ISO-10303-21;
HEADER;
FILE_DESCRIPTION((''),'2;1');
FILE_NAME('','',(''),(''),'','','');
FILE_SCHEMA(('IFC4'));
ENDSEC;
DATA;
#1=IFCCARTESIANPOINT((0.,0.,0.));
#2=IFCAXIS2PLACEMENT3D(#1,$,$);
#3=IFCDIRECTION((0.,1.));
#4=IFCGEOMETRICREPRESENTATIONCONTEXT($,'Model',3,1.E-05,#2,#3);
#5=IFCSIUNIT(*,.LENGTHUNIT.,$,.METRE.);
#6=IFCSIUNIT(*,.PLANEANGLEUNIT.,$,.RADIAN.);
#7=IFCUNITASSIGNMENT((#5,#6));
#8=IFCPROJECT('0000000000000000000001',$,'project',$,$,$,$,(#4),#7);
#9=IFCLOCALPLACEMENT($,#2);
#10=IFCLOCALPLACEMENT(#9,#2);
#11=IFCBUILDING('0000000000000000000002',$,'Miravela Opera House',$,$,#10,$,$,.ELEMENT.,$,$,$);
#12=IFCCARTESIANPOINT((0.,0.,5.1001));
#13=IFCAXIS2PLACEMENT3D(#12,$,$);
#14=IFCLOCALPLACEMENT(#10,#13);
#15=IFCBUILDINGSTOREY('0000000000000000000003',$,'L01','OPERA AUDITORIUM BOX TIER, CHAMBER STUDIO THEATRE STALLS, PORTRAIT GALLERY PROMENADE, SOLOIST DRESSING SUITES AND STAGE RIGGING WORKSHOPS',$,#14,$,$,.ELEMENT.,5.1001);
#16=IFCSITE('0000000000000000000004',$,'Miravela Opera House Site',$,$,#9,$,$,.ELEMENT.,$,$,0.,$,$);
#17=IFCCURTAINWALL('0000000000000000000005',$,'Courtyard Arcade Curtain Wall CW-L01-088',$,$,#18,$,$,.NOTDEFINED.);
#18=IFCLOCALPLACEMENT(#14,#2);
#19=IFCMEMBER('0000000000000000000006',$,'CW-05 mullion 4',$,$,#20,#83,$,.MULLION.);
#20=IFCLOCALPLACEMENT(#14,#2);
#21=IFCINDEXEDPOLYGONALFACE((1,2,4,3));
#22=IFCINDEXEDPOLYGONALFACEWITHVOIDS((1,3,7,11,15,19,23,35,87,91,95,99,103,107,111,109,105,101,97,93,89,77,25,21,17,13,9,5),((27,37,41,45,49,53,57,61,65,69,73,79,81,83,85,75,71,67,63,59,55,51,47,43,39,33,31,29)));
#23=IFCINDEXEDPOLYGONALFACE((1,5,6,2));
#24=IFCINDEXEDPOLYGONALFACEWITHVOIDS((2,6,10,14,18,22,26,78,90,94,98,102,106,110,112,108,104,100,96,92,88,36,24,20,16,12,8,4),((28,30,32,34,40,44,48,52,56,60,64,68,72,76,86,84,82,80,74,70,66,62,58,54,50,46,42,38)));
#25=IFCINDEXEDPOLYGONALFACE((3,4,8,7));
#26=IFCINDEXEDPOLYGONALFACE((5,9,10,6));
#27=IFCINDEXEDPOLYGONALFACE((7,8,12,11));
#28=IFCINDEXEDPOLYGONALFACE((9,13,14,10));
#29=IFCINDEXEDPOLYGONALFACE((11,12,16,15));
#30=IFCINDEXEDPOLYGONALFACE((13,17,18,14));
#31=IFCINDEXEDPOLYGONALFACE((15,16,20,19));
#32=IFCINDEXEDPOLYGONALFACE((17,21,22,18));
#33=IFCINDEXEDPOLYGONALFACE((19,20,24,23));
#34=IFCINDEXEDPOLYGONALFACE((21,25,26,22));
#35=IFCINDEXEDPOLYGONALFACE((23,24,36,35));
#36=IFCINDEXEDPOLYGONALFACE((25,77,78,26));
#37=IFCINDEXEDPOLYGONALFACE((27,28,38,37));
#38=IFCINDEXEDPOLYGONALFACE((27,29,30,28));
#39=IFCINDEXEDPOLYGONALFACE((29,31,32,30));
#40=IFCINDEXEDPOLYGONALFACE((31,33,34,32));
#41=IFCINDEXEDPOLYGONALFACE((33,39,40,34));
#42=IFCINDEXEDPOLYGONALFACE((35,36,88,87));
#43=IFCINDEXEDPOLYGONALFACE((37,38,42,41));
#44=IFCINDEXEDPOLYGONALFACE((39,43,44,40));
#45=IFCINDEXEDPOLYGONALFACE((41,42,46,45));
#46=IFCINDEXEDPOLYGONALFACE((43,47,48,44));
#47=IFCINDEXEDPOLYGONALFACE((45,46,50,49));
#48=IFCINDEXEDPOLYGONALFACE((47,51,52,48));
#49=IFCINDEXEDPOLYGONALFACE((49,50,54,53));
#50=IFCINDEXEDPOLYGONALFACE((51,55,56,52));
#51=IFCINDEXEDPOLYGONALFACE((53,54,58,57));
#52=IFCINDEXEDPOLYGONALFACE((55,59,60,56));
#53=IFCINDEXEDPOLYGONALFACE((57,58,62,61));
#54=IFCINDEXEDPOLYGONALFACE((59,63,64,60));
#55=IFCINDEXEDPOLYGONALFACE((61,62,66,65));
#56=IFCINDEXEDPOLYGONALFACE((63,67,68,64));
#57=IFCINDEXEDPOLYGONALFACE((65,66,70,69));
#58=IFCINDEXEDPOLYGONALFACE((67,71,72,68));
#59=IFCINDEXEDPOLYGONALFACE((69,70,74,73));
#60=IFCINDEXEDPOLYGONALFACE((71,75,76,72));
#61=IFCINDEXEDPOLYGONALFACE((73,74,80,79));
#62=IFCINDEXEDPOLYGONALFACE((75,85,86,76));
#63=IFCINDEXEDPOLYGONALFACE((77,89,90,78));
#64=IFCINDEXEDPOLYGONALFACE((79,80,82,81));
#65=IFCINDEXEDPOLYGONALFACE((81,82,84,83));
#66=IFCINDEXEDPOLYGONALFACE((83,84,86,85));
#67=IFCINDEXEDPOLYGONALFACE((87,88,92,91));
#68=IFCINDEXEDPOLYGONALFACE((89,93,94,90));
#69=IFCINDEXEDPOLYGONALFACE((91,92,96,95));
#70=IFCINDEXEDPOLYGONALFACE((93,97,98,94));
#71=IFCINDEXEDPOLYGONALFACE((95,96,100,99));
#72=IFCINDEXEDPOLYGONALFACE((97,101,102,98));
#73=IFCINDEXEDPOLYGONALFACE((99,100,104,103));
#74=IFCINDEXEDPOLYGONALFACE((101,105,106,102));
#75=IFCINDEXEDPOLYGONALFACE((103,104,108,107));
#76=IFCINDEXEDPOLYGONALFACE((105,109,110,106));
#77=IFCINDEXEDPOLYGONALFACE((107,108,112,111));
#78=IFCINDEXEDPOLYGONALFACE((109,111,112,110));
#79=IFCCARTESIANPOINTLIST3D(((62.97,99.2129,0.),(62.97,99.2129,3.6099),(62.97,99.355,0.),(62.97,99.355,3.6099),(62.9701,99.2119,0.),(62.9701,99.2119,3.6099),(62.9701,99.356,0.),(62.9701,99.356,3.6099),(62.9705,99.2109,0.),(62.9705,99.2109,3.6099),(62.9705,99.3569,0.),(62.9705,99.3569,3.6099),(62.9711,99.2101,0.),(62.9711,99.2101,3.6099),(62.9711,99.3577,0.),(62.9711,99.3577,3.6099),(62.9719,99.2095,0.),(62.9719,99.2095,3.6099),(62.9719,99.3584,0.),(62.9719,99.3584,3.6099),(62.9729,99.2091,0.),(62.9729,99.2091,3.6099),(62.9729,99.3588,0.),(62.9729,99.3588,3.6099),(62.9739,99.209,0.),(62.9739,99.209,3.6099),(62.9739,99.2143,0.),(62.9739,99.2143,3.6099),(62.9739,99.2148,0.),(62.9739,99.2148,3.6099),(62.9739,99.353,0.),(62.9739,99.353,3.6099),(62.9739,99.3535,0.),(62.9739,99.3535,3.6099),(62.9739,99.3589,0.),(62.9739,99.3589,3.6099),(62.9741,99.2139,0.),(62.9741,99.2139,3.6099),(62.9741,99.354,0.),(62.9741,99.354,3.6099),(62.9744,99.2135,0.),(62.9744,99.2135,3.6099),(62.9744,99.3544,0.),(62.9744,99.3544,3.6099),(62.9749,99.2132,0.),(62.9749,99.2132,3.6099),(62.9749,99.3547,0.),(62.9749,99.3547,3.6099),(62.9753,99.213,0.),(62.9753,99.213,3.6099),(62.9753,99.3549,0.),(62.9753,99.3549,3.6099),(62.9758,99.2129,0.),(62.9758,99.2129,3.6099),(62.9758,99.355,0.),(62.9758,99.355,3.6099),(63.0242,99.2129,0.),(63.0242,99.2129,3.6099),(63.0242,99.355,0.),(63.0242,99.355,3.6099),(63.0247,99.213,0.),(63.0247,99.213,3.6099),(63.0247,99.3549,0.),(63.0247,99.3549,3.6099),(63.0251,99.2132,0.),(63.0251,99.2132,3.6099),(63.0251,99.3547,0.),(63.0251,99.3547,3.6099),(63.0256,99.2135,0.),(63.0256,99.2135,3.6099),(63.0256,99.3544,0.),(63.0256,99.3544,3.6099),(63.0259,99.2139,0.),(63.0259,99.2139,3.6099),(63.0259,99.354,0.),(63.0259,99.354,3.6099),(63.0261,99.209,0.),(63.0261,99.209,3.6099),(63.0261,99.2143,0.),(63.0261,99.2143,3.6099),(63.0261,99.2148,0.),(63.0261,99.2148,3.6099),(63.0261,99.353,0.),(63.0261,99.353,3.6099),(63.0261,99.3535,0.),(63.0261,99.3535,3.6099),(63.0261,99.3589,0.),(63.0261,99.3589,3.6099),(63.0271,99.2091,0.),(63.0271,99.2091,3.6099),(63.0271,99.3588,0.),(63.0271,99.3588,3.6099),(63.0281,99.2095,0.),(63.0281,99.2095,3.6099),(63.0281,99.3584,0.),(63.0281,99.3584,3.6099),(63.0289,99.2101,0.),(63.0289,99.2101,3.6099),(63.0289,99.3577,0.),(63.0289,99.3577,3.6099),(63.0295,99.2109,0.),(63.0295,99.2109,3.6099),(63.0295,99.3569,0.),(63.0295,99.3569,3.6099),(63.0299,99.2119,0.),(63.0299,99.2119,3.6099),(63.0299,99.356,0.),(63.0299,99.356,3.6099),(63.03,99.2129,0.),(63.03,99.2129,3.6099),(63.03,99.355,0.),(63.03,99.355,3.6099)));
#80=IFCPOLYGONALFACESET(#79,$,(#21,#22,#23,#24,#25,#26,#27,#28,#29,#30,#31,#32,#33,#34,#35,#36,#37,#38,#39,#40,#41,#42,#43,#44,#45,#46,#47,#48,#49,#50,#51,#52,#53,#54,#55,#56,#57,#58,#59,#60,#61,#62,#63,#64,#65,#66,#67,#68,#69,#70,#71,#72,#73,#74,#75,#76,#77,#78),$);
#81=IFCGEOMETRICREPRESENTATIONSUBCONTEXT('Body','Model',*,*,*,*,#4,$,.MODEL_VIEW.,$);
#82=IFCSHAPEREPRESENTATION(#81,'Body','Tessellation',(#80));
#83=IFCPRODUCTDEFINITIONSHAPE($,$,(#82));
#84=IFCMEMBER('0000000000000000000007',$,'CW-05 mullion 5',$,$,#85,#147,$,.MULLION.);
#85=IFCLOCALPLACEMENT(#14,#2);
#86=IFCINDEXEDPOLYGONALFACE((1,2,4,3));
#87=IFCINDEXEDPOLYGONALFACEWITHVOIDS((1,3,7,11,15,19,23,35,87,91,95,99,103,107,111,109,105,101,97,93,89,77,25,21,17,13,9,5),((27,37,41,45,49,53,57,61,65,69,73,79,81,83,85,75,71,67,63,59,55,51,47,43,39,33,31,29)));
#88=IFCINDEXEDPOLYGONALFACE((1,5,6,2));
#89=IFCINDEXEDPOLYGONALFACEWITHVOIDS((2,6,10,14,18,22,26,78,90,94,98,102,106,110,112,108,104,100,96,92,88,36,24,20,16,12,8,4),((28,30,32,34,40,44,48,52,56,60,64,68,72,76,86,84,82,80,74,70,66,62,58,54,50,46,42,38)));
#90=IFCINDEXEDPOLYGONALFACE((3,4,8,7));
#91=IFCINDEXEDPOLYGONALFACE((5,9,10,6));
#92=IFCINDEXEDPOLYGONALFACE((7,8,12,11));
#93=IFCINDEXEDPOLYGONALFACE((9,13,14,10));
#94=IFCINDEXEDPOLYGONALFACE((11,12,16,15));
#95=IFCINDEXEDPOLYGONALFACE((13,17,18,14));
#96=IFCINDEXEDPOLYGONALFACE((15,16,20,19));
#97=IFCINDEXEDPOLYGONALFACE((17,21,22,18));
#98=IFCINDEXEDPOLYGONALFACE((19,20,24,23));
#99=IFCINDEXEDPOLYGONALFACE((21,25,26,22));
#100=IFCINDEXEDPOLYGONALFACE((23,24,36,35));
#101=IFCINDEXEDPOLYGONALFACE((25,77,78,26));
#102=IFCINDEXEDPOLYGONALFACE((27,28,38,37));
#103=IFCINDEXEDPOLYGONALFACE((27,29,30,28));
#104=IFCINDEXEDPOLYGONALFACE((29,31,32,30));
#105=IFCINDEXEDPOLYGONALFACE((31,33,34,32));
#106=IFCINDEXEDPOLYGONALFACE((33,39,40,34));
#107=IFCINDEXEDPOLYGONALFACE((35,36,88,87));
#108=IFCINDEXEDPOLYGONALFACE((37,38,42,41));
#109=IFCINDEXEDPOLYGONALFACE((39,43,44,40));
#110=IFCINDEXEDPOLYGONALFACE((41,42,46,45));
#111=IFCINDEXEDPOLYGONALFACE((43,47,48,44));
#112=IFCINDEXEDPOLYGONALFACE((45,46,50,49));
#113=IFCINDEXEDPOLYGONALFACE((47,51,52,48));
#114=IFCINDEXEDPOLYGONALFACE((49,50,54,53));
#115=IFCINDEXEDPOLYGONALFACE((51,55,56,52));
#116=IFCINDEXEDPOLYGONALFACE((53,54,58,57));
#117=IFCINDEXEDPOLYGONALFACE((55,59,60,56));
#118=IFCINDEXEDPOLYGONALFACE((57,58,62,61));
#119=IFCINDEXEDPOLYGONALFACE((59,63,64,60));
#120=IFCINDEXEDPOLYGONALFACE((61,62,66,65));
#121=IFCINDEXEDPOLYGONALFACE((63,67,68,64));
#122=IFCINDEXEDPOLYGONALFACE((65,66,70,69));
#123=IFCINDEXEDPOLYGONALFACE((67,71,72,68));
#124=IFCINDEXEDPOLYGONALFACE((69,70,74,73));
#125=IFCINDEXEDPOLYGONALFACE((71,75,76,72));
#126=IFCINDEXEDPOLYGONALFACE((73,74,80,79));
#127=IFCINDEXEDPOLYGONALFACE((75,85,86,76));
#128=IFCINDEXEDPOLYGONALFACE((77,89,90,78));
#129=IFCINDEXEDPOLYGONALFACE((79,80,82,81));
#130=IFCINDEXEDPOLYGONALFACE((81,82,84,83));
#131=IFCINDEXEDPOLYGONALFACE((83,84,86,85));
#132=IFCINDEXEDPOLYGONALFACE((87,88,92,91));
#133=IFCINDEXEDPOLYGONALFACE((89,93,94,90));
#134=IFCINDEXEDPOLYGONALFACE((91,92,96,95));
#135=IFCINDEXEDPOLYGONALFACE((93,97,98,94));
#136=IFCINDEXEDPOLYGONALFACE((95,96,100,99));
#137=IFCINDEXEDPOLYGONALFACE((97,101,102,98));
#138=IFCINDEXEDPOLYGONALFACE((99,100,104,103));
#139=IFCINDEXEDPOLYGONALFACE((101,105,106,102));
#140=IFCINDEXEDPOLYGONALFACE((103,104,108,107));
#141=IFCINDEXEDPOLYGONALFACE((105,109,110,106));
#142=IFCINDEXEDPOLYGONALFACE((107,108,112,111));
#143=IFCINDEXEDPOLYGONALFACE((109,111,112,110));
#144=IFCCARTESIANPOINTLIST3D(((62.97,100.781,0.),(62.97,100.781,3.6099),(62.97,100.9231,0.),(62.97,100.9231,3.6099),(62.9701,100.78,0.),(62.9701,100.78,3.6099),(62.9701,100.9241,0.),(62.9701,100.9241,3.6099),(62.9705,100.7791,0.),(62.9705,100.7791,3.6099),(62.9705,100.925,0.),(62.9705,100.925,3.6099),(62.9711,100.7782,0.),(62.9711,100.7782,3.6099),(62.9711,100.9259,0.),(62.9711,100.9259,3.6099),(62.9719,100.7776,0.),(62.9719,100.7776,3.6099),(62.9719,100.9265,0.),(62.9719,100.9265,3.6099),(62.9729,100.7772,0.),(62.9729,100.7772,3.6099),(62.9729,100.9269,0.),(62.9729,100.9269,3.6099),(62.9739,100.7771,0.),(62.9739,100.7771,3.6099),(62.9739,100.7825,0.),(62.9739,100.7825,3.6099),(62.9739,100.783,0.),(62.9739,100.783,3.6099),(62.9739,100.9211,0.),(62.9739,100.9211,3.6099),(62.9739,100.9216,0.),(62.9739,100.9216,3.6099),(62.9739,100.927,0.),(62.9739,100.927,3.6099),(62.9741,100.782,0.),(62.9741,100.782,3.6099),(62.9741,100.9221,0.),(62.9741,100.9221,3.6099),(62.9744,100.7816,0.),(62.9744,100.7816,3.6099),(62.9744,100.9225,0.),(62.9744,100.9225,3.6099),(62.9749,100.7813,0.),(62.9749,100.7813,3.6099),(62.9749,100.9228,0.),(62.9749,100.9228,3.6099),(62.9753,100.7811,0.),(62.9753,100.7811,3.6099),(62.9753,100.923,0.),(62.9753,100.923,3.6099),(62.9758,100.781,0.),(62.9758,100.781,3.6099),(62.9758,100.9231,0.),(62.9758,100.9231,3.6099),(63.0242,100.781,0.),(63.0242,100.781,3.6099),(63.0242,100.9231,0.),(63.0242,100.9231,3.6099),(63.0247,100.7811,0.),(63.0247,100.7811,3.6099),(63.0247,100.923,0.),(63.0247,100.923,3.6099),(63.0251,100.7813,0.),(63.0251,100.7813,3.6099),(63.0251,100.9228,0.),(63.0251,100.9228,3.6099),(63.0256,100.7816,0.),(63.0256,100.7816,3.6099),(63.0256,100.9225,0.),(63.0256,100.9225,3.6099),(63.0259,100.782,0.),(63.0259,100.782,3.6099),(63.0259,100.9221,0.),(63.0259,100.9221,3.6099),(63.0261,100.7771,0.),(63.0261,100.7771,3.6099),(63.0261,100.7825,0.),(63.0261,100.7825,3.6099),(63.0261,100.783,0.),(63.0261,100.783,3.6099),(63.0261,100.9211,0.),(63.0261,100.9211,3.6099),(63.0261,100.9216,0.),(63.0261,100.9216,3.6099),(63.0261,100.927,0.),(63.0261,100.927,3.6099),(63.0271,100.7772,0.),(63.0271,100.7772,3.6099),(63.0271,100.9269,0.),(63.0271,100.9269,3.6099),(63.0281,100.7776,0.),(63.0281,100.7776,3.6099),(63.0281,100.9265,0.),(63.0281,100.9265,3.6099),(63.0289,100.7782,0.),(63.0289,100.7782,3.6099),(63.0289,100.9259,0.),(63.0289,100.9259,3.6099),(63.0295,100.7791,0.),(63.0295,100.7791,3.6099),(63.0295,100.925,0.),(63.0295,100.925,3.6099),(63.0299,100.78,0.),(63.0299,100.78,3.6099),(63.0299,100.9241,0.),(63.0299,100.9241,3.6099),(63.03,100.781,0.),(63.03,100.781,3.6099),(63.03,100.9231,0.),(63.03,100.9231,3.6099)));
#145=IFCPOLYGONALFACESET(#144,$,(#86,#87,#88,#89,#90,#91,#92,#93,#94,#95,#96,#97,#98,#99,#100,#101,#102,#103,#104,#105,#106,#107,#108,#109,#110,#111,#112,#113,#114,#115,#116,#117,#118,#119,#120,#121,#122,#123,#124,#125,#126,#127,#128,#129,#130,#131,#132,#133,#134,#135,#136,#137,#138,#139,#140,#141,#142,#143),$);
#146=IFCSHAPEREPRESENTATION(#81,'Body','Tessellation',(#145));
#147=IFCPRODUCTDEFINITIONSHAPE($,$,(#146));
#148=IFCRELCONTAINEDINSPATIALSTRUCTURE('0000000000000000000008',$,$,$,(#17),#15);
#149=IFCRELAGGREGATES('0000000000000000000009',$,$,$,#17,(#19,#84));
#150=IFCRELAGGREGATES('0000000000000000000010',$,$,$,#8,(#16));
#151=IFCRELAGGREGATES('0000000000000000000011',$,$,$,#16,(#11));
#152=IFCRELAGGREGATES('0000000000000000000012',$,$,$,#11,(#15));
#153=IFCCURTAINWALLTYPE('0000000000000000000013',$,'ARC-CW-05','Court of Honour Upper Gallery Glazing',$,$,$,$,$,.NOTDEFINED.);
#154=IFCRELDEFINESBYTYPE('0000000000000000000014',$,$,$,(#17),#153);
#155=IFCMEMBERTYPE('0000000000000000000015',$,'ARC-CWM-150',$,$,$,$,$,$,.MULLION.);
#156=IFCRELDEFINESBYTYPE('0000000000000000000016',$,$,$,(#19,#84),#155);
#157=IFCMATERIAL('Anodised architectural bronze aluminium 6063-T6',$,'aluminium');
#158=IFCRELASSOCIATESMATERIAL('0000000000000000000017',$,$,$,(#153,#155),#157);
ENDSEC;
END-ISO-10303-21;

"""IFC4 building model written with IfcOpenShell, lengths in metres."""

from ifc_helpers import new_model, si_unit, direction, frame, origin, origin_2d, place, context, subcontext, project, spatial, hollow_rectangle, extrude, material, material_profile, profile_set, type_object, element, aggregate, save


model = new_model("IFC4")

# Units and contexts
model_context = context("Model", 3, precision=1e-05, world=origin(), true_north=direction((0.0, 1.0)))
body_context = subcontext(model_context, "Body", "Model", "MODEL_VIEW")
ifc_project = project(units=[si_unit("LENGTHUNIT", "METRE"), si_unit("PLANEANGLEUNIT", "RADIAN")], contexts=[model_context])

# Site, building, storey
site_placement = place(None, origin())
site = spatial("IfcSite", under=ifc_project, at=site_placement, Name="Miravela Opera House Site", CompositionType="ELEMENT", RefElevation=0.0)
building_placement = place(site_placement, origin())
building = spatial("IfcBuilding", under=site, at=building_placement, Name="Miravela Opera House", CompositionType="ELEMENT")
storey_placement = place(building_placement, frame((0.0, 0.0, 5.1001)))
storey = spatial("IfcBuildingStorey", under=building, at=storey_placement, Name="L01", Description="OPERA AUDITORIUM BOX TIER, CHAMBER STUDIO THEATRE STALLS, PORTRAIT GALLERY PROMENADE, SOLOIST DRESSING SUITES AND STAGE RIGGING WORKSHOPS", CompositionType="ELEMENT", Elevation=5.1001)

# Curtain wall, members
ifc_material_1 = material(Name="Anodised architectural bronze aluminium 6063-T6", Category="aluminium")
curtain_wall_type = type_object("IfcCurtainWallType", Name="ARC-CW-05", Description="Court of Honour Upper Gallery Glazing", PredefinedType="NOTDEFINED", material=ifc_material_1)
curtain_wall_placement = place(storey_placement, origin())
curtain_wall = element("IfcCurtainWall", 1, at=curtain_wall_placement, inside=storey, type_object=curtain_wall_type, Name="Courtyard Arcade Curtain Wall CW-L01-088", PredefinedType="NOTDEFINED")
ifc_material_profile_1 = material_profile(ifc_material_1, hollow_rectangle(XDim=0.0601, YDim=0.1499, WallThickness=0.0039, InnerFilletRadius=0.002, OuterFilletRadius=0.0039, at=origin_2d()), Name="CWM-60X150")
ifc_profile_set_1 = profile_set([ifc_material_profile_1])
member_type_1 = type_object("IfcMemberType", Name="ARC-CWM-150", PredefinedType="MULLION", material=ifc_profile_set_1)
member_1_placement = place(storey_placement, frame((63.0, 99.2839, 0.0), z_axis=(0.0, 0.0, 1.0), x_axis=(-1.0, 0.0, 0.0)))
member_1 = element("IfcMember", 2, at=member_1_placement, type_object=member_type_1, Name="CW-05 mullion 4", PredefinedType="MULLION", context=body_context, shape_type="SweptSolid", body=[
    extrude(hollow_rectangle(XDim=0.0601, YDim=0.1499, WallThickness=0.0039, InnerFilletRadius=0.002, OuterFilletRadius=0.0039, at=origin_2d()), origin(), (0.0, 0.0, 1.0), 3.6099),
])
member_2_placement = place(storey_placement, frame((63.0, 100.8521, 0.0), z_axis=(0.0, 0.0, 1.0), x_axis=(-1.0, 0.0, 0.0)))
member_2 = element("IfcMember", 3, at=member_2_placement, type_object=member_type_1, Name="CW-05 mullion 5", PredefinedType="MULLION", context=body_context, shape_type="SweptSolid", body=[
    extrude(hollow_rectangle(XDim=0.0601, YDim=0.1499, WallThickness=0.0039, InnerFilletRadius=0.002, OuterFilletRadius=0.0039, at=origin_2d()), origin(), (0.0, 0.0, 1.0), 3.6099),
])

aggregate(curtain_wall, [member_1, member_2])

save(model, "model.ifc")
